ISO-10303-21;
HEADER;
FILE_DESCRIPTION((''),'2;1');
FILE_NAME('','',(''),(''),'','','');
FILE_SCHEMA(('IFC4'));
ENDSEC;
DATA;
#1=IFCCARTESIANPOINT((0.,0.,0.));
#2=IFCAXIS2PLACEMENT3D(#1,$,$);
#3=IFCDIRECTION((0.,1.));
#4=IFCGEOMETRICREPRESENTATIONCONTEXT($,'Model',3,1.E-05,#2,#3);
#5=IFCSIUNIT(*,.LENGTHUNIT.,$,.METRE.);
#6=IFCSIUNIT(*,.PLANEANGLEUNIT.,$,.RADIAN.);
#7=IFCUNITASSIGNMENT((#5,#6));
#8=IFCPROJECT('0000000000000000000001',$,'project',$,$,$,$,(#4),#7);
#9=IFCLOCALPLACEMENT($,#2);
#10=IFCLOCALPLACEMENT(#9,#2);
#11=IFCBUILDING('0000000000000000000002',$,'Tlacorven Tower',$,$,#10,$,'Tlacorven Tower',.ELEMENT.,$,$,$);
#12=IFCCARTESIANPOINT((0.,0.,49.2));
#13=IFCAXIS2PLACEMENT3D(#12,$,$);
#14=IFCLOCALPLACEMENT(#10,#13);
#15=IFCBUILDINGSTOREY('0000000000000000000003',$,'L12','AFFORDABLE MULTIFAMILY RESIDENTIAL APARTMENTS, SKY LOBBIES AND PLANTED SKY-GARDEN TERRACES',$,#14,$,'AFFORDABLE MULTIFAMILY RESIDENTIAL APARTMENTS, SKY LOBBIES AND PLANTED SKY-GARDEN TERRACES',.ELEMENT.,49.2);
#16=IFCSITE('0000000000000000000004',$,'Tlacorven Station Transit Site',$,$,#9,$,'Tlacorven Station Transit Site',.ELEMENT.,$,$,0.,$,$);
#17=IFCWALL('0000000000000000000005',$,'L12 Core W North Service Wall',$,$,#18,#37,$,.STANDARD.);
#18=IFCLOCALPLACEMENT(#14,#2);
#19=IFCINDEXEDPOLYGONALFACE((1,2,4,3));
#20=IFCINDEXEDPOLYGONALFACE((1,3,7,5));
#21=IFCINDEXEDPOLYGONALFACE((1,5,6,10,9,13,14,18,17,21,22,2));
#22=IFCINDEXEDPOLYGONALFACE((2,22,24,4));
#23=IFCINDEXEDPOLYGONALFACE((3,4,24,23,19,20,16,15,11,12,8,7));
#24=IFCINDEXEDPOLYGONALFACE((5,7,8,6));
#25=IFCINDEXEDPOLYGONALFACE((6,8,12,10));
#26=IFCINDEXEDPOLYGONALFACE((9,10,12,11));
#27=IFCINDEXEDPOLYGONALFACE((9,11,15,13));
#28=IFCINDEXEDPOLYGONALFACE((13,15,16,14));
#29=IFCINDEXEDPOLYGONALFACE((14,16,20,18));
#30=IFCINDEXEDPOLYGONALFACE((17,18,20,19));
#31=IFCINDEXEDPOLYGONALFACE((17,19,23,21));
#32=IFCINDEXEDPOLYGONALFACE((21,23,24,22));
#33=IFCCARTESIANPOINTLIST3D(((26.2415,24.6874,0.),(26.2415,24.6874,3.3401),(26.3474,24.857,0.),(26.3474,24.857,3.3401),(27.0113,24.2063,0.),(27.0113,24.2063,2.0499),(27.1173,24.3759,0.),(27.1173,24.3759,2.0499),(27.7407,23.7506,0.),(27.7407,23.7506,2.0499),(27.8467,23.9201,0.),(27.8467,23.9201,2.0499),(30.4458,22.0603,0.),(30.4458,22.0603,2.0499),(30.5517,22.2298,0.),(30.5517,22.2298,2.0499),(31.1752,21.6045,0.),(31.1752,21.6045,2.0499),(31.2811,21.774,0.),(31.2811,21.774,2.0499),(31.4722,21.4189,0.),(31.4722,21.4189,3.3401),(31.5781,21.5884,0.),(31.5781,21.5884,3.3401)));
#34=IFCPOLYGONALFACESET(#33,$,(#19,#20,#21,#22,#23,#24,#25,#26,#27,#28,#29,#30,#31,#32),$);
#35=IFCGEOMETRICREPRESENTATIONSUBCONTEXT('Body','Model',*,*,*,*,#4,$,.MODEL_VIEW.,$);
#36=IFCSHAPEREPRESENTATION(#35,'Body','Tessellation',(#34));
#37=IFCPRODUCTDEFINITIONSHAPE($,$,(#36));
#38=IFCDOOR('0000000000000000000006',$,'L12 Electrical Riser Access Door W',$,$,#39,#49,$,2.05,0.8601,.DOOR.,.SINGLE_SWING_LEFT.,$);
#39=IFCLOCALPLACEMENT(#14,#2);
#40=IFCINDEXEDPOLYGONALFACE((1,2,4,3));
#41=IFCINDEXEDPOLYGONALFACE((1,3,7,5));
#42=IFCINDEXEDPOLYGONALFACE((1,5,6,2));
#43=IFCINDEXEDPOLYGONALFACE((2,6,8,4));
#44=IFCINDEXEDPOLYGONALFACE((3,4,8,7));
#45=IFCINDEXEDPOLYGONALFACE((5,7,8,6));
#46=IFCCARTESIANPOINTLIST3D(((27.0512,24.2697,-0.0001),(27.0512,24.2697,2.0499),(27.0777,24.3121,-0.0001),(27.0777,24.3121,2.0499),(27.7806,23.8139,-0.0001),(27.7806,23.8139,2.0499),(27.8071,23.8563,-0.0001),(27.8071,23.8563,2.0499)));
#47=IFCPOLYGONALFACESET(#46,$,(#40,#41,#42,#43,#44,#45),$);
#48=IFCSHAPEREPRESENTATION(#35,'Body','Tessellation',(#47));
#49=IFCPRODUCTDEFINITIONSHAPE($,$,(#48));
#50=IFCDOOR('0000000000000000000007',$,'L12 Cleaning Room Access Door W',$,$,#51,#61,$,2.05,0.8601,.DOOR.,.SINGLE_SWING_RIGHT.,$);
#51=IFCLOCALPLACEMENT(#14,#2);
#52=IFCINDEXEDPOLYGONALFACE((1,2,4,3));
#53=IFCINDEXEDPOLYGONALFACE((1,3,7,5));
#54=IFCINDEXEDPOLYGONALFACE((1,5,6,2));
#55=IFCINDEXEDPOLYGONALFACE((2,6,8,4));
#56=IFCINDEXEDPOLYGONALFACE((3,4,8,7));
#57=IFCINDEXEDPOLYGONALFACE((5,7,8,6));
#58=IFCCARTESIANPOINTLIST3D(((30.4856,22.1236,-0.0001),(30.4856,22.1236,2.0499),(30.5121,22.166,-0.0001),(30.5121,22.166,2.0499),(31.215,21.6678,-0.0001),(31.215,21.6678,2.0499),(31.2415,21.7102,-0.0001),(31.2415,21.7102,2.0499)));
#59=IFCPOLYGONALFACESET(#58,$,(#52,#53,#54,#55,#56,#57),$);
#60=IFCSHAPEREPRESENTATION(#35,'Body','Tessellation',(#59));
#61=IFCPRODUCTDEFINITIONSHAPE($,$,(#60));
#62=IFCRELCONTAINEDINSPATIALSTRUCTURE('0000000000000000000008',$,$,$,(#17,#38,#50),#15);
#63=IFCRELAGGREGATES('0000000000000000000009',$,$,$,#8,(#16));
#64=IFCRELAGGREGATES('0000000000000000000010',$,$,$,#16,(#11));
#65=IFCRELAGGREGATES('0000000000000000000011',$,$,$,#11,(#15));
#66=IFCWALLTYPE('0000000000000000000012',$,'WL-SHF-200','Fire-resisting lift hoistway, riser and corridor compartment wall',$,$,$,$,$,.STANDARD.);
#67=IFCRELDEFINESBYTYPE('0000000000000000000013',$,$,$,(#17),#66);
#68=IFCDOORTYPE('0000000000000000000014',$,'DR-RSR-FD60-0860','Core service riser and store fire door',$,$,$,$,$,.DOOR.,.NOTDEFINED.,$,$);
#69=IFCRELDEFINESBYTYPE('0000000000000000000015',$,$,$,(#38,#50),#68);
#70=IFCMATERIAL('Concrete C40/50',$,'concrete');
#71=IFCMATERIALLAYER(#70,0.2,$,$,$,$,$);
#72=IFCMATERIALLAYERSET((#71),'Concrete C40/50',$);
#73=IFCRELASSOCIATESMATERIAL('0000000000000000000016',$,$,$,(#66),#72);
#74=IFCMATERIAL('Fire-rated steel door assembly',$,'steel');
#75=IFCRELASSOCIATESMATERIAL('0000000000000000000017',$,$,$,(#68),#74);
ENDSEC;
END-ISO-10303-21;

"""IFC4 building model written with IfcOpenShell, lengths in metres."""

from ifc_helpers import new_model, si_unit, direction, frame, frame_2d, origin, place, context, subcontext, project, spatial, rectangle, extrude, source, transform, mapped, material, layer, layer_set, type_object, element, fill, save


model = new_model("IFC4")

# Units and contexts
model_context = context("Model", 3, precision=1e-05, world=origin(), true_north=direction((0.0, 1.0)))
body_context = subcontext(model_context, "Body", "Model", "MODEL_VIEW")
ifc_project = project(units=[si_unit("LENGTHUNIT", "METRE"), si_unit("PLANEANGLEUNIT", "RADIAN")], contexts=[model_context])

# Site, building, storey
site_placement = place(None, origin())
site = spatial("IfcSite", under=ifc_project, at=site_placement, Name="Tlacorven Station Transit Site", LongName="Tlacorven Station Transit Site", CompositionType="ELEMENT", RefElevation=0.0)
building_placement = place(site_placement, origin())
building = spatial("IfcBuilding", under=site, at=building_placement, Name="Tlacorven Tower", LongName="Tlacorven Tower", CompositionType="ELEMENT")
storey_placement = place(building_placement, frame((0.0, 0.0, 49.2)))
storey = spatial("IfcBuildingStorey", under=building, at=storey_placement, Name="L12", Description="AFFORDABLE MULTIFAMILY RESIDENTIAL APARTMENTS, SKY LOBBIES AND PLANTED SKY-GARDEN TERRACES", LongName="AFFORDABLE MULTIFAMILY RESIDENTIAL APARTMENTS, SKY LOBBIES AND PLANTED SKY-GARDEN TERRACES", CompositionType="ELEMENT", Elevation=49.2)

# Shared definitions
ifc_material_1 = material(Name="Concrete C40/50", Category="concrete")
ifc_layer_1 = layer(ifc_material_1, 0.2)
ifc_layer_set_1 = layer_set([ifc_layer_1], Name="Concrete C40/50")
wall_type_1 = type_object("IfcWallType", Name="WL-SHF-200", Description="Fire-resisting lift hoistway, riser and corridor compartment wall", PredefinedType="STANDARD", material=ifc_layer_set_1)

# Wall, openings, doors
wall_1_placement = place(storey_placement, frame((31.5251, 21.5037, 0.0), z_axis=(0.0, 0.0, 1.0), x_axis=(-0.848045, 0.529924, 0.0)))
wall_1 = element("IfcWall", 1, at=wall_1_placement, inside=storey, type_object=wall_type_1, Name="L12 Core W North Service Wall", PredefinedType="STANDARD", context=body_context, shape_type="SweptSolid", body=[
    extrude(rectangle(XDim=6.168, YDim=0.2, at=frame_2d((3.084, 0.0))), origin(), (0.0, 0.0, 1.0), 3.3401),
])
opening_1_placement = place(wall_1_placement, frame((4.3999, 0.0, 0.0)))
opening_1 = element("IfcOpeningElement", 2, at=opening_1_placement, cuts=wall_1, PredefinedType="OPENING", context=body_context, shape_type="SweptSolid", body=[
    extrude(rectangle(XDim=0.8601, YDim=2.05, at=frame_2d((0.4302, 1.0249))), frame((0.0, 0.1099, 0.0), z_axis=(0.0, -1.0, 0.0), x_axis=(1.0, 0.0, 0.0)), (0.0, 0.0, 1.0), 0.22),
])
opening_2_placement = place(wall_1_placement, frame((0.3501, 0.0, 0.0)))
opening_2 = element("IfcOpeningElement", 3, at=opening_2_placement, cuts=wall_1, PredefinedType="OPENING", context=body_context, shape_type="SweptSolid", body=[
    extrude(rectangle(XDim=0.8601, YDim=2.05, at=frame_2d((0.4302, 1.0249))), frame((0.0, 0.1099, 0.0), z_axis=(0.0, -1.0, 0.0), x_axis=(1.0, 0.0, 0.0)), (0.0, 0.0, 1.0), 0.22),
])
ifc_material_2 = material(Name="Fire-rated steel door assembly", Category="steel")
door_type_1 = type_object("IfcDoorType", Name="DR-RSR-FD60-0860", Description="Core service riser and store fire door", OperationType="NOTDEFINED", PredefinedType="DOOR", material=ifc_material_2)
shared_shape_1 = source(origin(), body_context, "Body", "SweptSolid", [
    extrude(rectangle(XDim=0.8601, YDim=2.05, at=frame_2d((0.4302, 1.0249))), frame((0.0, 0.0249, 0.0), z_axis=(0.0, -1.0, 0.0), x_axis=(1.0, 0.0, 0.0)), (0.0, 0.0, 1.0), 0.05),
])
door_1_placement = place(opening_1_placement, frame((0.8601, 0.0, 0.0), z_axis=(0.0, 0.0, 1.0), x_axis=(-1.0, 0.0, 0.0)))
door_1 = element("IfcDoor", 4, at=door_1_placement, inside=storey, type_object=door_type_1, Name="L12 Electrical Riser Access Door W", OperationType="SINGLE_SWING_LEFT", OverallHeight=2.05, OverallWidth=0.8601, PredefinedType="DOOR", context=body_context, shape_type="MappedRepresentation", body=[
    mapped(shared_shape_1, transform((0.0, 0.0, 0.0), scale=1.0)),
])
fill(opening_1, door_1)
door_2_placement = place(opening_2_placement, frame((0.8601, 0.0, 0.0), z_axis=(0.0, 0.0, 1.0), x_axis=(-1.0, 0.0, 0.0)))
door_2 = element("IfcDoor", 5, at=door_2_placement, inside=storey, type_object=door_type_1, Name="L12 Cleaning Room Access Door W", OperationType="SINGLE_SWING_RIGHT", OverallHeight=2.05, OverallWidth=0.8601, PredefinedType="DOOR", context=body_context, shape_type="MappedRepresentation", body=[
    mapped(shared_shape_1, transform((0.0, 0.0, 0.0), scale=1.0)),
])
fill(opening_2, door_2)

save(model, "model.ifc")
